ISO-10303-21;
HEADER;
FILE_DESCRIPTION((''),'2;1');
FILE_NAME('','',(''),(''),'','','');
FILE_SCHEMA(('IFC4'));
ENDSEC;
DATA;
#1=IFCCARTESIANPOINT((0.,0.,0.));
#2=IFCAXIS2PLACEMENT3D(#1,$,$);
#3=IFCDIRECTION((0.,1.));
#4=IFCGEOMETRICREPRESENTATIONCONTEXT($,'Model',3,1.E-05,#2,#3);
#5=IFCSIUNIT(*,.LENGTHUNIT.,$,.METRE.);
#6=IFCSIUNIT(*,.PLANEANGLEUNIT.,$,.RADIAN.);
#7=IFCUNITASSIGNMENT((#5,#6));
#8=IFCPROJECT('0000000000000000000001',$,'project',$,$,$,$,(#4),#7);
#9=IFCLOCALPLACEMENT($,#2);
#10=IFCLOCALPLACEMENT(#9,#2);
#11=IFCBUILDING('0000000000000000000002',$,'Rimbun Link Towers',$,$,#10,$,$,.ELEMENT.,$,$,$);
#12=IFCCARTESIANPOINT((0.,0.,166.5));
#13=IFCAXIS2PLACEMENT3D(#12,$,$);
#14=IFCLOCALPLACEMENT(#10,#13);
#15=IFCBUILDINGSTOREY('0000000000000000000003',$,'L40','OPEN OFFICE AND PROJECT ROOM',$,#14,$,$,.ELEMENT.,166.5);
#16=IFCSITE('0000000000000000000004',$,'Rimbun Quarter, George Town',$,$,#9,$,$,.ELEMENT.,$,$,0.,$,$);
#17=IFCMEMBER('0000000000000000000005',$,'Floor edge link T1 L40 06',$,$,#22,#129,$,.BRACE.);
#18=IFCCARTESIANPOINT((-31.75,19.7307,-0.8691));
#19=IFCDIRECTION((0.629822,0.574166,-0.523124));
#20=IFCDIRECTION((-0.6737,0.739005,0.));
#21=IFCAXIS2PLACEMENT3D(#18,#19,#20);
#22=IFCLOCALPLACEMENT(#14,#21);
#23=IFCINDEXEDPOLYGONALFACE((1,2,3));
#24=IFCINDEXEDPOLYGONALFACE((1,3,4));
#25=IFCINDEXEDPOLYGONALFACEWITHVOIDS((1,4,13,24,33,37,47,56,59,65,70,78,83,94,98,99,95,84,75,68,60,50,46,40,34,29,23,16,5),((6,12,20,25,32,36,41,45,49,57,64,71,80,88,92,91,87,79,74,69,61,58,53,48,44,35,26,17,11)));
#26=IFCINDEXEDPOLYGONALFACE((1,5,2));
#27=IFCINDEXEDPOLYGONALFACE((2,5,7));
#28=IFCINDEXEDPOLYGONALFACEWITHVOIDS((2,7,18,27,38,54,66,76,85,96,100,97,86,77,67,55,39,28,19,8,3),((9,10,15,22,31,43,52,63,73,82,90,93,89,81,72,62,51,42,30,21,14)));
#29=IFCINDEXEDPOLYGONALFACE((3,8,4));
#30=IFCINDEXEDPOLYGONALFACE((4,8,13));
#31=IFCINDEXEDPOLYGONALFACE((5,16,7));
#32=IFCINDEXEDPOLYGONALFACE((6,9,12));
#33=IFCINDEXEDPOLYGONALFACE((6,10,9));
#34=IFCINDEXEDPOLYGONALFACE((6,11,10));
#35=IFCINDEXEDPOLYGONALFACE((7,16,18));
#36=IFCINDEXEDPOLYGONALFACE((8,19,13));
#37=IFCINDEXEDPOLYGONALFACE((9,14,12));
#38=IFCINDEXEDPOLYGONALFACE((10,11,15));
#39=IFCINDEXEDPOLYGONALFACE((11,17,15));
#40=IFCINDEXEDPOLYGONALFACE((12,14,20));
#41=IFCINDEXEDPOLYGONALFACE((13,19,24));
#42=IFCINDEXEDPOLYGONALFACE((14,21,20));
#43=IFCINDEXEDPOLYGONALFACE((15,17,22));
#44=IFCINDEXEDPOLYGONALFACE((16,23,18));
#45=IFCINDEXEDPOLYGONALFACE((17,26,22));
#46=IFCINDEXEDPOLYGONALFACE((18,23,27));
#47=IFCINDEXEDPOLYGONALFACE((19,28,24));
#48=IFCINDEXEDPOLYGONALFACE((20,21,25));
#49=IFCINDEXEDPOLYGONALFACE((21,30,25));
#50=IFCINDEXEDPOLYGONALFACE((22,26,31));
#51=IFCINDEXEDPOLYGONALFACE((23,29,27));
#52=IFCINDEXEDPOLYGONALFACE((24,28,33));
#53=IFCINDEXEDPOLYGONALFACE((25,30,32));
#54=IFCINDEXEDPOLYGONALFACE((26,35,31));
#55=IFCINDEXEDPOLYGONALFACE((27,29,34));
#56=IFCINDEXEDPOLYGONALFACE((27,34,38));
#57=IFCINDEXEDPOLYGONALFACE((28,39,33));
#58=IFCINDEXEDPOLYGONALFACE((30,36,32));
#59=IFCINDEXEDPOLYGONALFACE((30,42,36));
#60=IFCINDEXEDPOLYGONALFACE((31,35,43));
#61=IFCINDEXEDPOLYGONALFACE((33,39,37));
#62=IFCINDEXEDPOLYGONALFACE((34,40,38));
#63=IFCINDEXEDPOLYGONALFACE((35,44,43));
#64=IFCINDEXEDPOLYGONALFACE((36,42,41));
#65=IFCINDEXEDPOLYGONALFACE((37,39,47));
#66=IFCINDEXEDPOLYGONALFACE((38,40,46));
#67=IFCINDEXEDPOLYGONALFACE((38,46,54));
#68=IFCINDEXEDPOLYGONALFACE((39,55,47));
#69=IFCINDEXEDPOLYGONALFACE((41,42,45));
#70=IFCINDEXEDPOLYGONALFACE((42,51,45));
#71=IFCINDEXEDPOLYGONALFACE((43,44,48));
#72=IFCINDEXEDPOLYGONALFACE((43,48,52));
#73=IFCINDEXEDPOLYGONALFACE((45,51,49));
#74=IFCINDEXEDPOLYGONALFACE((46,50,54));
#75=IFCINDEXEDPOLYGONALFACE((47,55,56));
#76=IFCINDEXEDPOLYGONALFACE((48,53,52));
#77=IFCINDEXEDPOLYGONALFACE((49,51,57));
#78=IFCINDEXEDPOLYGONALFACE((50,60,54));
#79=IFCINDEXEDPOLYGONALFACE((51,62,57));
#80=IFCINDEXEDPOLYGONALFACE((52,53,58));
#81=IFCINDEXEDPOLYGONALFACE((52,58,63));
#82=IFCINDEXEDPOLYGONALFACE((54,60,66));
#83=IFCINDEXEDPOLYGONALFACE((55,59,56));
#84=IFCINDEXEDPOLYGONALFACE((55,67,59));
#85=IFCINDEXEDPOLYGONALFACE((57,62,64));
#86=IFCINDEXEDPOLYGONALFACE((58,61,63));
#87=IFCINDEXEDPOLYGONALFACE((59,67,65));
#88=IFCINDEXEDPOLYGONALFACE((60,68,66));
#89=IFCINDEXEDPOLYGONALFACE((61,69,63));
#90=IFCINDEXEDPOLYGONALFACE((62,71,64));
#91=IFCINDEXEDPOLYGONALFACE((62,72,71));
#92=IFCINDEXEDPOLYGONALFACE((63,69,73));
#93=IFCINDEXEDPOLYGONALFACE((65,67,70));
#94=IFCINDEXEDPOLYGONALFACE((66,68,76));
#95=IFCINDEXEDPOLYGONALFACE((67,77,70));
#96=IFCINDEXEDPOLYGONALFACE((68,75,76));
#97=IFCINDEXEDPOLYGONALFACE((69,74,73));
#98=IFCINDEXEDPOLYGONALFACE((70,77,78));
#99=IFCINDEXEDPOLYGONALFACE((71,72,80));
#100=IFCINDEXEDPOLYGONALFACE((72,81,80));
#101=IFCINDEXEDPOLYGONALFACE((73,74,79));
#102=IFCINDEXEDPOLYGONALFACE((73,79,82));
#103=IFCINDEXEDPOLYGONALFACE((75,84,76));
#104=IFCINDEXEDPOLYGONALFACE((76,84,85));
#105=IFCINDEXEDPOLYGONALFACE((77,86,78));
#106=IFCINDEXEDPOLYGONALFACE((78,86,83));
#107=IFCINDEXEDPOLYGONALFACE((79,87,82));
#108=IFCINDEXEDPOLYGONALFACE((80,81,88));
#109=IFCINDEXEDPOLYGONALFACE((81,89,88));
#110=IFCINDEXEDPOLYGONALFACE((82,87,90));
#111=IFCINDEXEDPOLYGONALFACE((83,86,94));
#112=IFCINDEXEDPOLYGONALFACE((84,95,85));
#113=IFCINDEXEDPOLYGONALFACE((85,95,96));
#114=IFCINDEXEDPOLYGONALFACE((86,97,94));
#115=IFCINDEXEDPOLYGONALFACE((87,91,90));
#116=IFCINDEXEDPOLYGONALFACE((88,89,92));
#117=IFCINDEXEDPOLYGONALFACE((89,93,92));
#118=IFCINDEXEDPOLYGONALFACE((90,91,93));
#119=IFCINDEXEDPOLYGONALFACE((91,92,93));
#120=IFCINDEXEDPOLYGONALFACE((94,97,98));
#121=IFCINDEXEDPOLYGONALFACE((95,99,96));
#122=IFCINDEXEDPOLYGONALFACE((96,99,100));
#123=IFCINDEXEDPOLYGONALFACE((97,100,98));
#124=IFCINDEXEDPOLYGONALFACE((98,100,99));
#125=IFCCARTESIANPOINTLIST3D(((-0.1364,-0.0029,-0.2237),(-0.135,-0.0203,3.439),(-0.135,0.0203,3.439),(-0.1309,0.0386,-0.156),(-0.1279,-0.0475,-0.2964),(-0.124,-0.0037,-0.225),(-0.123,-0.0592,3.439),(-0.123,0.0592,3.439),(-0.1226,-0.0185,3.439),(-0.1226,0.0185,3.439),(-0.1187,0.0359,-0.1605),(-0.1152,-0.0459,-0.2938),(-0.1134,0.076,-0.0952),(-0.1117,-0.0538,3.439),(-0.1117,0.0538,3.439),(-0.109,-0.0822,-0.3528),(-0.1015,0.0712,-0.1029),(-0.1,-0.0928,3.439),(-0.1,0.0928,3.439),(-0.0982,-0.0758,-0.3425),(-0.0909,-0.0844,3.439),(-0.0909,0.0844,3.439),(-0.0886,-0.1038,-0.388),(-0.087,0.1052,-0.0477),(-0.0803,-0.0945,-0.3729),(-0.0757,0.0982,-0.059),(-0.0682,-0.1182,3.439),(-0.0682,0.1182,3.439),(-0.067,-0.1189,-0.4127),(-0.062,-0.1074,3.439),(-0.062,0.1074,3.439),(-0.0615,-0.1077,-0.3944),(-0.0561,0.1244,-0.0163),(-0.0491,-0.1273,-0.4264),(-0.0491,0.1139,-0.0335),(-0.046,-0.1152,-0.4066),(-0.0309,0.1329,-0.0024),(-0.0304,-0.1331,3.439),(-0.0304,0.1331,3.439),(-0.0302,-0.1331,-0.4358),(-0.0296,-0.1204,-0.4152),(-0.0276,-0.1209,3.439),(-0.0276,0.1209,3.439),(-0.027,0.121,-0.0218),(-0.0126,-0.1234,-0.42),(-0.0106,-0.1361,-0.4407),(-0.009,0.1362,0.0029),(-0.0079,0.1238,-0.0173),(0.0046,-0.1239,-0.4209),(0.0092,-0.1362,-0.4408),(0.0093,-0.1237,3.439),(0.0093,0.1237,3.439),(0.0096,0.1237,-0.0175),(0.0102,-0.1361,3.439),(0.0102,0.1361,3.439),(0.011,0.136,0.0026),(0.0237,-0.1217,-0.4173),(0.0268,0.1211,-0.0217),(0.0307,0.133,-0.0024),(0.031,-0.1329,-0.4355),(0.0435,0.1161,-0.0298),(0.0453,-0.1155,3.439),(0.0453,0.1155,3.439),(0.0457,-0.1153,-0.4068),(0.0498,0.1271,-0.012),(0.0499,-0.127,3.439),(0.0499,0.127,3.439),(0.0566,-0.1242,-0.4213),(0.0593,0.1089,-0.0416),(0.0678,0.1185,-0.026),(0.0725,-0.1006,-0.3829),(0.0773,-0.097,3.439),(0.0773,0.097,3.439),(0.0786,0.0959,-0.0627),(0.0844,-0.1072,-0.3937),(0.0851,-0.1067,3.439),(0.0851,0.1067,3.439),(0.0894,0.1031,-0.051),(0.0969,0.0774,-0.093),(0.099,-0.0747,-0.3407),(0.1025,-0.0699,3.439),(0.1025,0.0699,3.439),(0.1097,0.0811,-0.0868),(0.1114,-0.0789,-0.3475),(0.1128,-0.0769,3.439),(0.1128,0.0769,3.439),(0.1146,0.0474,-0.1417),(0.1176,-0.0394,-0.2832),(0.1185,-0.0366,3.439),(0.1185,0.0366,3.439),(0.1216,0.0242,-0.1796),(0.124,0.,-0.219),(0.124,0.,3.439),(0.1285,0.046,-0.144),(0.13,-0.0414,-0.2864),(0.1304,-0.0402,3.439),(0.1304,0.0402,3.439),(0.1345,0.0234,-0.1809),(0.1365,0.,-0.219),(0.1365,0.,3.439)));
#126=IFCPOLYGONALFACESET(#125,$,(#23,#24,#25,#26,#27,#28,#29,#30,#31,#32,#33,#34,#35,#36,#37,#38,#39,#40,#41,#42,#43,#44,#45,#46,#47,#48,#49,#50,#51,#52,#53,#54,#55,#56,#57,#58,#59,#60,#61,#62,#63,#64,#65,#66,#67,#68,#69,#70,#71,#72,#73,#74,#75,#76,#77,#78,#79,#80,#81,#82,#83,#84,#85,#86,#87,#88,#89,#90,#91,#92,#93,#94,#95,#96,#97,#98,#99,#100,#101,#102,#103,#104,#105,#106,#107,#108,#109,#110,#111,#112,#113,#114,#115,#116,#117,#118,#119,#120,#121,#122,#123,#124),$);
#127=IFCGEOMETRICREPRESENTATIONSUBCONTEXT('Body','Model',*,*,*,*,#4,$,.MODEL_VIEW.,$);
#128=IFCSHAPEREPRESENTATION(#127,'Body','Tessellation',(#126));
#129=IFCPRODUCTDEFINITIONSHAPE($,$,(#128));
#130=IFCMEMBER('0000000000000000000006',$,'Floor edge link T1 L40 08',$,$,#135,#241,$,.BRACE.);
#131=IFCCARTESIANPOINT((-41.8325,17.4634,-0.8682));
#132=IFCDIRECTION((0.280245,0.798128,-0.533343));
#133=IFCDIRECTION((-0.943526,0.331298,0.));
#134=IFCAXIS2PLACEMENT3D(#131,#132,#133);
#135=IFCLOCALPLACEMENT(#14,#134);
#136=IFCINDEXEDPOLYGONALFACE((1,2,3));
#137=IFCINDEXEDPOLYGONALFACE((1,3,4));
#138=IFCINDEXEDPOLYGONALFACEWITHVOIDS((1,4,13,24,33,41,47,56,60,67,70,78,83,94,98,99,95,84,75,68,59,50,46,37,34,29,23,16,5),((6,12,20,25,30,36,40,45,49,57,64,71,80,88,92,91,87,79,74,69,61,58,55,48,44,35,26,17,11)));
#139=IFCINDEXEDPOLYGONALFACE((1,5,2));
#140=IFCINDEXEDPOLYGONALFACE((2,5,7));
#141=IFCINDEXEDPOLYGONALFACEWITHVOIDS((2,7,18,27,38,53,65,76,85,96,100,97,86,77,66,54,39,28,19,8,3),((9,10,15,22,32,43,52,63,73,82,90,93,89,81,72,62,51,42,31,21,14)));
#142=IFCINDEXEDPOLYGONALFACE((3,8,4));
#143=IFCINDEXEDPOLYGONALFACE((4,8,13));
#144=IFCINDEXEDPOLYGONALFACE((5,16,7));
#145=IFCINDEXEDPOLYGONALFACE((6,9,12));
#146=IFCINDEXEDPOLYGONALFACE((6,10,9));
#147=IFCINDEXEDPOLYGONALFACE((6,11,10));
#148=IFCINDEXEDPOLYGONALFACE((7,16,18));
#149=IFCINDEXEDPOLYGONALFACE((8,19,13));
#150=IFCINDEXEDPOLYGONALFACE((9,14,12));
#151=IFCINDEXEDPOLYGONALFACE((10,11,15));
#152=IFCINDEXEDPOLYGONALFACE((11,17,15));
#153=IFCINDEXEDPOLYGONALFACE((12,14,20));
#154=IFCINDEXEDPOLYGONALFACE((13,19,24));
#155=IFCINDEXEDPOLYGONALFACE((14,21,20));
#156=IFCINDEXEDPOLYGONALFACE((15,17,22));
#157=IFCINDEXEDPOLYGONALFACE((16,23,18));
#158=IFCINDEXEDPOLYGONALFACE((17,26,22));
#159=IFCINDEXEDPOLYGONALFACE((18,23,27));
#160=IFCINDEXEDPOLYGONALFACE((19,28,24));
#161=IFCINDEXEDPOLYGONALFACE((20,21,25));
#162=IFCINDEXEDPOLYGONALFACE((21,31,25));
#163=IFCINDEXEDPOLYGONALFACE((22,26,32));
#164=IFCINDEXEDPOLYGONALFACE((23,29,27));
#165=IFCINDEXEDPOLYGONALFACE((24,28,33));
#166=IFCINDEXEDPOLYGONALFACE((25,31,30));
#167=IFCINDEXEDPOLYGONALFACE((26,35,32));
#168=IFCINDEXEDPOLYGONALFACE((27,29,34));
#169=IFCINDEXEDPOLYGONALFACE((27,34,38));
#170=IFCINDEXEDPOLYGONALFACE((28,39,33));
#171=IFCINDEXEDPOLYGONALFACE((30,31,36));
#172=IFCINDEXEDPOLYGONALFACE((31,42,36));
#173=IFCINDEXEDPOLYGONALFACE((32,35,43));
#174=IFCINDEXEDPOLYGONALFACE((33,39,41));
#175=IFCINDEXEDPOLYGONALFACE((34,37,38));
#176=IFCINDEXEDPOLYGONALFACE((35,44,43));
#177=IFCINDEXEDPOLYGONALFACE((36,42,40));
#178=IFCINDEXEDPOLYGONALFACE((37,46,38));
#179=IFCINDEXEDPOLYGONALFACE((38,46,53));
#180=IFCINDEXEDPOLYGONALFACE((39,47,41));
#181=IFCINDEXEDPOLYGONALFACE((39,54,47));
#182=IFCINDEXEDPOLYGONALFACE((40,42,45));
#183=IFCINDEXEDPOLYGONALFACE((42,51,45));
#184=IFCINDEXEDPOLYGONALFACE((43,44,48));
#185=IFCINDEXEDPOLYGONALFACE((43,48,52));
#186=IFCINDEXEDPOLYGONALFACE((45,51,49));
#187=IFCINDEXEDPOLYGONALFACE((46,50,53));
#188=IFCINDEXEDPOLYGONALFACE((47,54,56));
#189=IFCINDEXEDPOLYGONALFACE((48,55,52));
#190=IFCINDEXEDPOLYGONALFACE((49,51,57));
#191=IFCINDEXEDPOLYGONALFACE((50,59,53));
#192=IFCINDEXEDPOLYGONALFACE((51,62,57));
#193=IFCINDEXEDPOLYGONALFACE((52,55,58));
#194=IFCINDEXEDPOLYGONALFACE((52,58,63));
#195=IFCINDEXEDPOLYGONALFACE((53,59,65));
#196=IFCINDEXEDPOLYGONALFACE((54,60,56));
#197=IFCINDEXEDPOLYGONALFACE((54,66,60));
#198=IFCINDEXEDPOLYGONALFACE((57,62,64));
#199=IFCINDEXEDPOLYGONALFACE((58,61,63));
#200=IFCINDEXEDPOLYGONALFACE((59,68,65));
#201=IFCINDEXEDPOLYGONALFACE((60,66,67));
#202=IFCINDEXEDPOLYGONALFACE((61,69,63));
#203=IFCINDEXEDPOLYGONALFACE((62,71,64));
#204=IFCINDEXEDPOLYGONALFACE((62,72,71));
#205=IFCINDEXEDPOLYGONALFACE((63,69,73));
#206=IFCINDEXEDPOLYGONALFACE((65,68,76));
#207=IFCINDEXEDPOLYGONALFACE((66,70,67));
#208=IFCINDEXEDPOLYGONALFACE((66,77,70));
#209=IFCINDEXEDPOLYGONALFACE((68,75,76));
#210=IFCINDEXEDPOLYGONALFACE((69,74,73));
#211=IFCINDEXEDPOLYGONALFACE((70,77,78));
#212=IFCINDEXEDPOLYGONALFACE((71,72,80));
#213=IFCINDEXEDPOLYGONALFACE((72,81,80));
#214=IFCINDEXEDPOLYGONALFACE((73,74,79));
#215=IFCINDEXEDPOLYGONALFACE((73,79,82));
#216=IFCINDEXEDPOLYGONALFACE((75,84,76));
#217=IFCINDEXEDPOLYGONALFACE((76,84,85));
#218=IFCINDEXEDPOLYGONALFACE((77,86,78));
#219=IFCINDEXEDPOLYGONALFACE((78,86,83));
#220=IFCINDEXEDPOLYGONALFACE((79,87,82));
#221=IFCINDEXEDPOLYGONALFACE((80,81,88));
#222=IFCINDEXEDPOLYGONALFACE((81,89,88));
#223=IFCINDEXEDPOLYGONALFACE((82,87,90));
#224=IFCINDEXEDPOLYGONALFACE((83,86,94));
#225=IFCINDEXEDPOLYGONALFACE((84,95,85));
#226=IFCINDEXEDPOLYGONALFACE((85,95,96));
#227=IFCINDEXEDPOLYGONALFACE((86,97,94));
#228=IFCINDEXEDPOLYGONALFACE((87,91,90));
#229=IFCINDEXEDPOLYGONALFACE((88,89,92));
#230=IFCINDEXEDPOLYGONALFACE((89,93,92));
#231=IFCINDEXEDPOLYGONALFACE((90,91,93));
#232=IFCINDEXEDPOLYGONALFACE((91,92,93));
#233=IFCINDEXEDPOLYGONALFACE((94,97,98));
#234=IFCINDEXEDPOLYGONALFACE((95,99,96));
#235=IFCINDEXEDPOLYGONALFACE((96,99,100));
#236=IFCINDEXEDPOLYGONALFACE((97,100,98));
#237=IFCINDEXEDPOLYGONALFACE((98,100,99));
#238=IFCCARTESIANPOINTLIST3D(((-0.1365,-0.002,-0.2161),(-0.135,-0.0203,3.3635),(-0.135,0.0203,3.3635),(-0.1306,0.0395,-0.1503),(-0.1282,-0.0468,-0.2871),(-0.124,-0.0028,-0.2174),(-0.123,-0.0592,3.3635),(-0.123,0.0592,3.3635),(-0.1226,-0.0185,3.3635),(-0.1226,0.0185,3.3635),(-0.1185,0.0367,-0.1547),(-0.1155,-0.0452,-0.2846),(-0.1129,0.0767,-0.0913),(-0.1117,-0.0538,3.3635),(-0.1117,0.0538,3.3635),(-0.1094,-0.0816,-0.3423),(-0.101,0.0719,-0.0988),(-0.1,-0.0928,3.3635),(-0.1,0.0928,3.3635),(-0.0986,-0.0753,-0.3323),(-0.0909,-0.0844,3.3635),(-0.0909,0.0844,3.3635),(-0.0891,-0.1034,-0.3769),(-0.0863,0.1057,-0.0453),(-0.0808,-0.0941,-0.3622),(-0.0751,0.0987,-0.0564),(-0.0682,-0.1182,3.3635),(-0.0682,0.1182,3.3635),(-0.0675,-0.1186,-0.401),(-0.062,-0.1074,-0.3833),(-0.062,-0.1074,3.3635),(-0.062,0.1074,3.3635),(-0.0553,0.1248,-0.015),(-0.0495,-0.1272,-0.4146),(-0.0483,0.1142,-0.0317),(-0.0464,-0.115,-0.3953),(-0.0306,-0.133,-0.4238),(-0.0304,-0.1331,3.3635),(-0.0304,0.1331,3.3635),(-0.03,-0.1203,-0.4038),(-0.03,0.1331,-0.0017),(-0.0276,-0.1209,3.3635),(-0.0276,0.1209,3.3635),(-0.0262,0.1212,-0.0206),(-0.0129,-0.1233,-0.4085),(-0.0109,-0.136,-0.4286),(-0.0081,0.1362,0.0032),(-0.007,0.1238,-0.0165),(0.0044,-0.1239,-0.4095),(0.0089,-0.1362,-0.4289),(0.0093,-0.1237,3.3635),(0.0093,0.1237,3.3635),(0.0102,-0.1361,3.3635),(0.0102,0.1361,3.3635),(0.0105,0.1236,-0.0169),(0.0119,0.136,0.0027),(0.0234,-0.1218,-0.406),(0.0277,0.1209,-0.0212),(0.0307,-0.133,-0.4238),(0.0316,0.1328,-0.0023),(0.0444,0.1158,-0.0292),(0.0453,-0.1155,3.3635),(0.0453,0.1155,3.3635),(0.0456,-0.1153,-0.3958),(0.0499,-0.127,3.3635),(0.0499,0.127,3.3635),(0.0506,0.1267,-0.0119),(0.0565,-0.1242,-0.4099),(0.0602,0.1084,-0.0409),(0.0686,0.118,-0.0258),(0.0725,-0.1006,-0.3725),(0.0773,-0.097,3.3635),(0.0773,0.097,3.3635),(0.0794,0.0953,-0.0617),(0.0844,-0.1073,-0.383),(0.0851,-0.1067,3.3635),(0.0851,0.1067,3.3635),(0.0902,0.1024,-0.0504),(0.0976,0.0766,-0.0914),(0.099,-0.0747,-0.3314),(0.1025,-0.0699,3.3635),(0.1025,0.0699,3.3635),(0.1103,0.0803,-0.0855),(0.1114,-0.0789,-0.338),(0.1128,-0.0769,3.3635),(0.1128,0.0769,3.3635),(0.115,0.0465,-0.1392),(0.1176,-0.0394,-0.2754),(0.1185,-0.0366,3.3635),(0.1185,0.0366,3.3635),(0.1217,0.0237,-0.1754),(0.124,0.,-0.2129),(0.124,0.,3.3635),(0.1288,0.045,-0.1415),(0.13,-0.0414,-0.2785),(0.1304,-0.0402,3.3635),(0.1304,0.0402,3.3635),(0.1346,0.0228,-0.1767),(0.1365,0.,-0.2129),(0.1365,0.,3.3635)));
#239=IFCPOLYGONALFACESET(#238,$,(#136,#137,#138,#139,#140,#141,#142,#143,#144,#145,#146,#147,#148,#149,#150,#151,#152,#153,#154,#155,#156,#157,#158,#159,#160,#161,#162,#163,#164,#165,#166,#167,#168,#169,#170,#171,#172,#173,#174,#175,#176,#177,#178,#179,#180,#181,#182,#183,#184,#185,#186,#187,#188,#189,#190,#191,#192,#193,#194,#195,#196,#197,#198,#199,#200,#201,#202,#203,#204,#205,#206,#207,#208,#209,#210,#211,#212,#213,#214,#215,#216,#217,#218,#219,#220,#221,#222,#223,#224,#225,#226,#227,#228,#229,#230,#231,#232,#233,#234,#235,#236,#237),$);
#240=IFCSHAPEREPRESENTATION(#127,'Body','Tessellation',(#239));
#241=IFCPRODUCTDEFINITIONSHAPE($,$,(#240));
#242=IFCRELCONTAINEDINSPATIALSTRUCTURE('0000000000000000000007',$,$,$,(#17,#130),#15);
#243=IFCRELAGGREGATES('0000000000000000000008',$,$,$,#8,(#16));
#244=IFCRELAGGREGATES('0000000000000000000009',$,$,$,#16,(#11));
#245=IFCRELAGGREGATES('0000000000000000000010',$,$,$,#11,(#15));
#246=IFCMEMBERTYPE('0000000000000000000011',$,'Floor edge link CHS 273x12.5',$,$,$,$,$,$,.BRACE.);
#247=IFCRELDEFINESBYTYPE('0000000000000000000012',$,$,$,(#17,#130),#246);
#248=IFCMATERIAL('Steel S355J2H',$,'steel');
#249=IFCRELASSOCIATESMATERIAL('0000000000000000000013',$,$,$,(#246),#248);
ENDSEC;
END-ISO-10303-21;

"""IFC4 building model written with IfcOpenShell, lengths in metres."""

from ifc_helpers import new_model, si_unit, direction, frame, origin, origin_2d, place, context, subcontext, project, spatial, hollow_circle, extrude, clip, halfspace, material, material_profile, profile_set, type_object, element, save


model = new_model("IFC4")

# Units and contexts
model_context = context("Model", 3, precision=1e-05, world=origin(), true_north=direction((0.0, 1.0)))
body_context = subcontext(model_context, "Body", "Model", "MODEL_VIEW")
ifc_project = project(units=[si_unit("LENGTHUNIT", "METRE"), si_unit("PLANEANGLEUNIT", "RADIAN")], contexts=[model_context])

# Site, building, storey
site_placement = place(None, origin())
site = spatial("IfcSite", under=ifc_project, at=site_placement, Name="Rimbun Quarter, George Town", CompositionType="ELEMENT", RefElevation=0.0)
building_placement = place(site_placement, origin())
building = spatial("IfcBuilding", under=site, at=building_placement, Name="Rimbun Link Towers", CompositionType="ELEMENT")
storey_placement = place(building_placement, frame((0.0, 0.0, 166.5)))
storey = spatial("IfcBuildingStorey", under=building, at=storey_placement, Name="L40", Description="OPEN OFFICE AND PROJECT ROOM", CompositionType="ELEMENT", Elevation=166.5)

# Members
ifc_material_1 = material(Name="Steel S355J2H", Category="steel")
ifc_material_profile_1 = material_profile(ifc_material_1, hollow_circle(Radius=0.1365, WallThickness=0.0125, at=origin_2d()), Name="CHS 273x12.5")
ifc_profile_set_1 = profile_set([ifc_material_profile_1], Name="Steel S355J2H")
member_type_1 = type_object("IfcMemberType", Name="Floor edge link CHS 273x12.5", PredefinedType="BRACE", material=ifc_profile_set_1)
member_1_placement = place(storey_placement, frame((-31.75, 19.7307, -0.8691), z_axis=(0.629822, 0.574166, -0.523124), x_axis=(-0.6737, 0.739005, 0.0)))
element("IfcMember", 1, at=member_1_placement, inside=storey, type_object=member_type_1, Name="Floor edge link T1 L40 06", PredefinedType="BRACE", context=body_context, shape_type="Clipping", body=[
    clip(extrude(hollow_circle(Radius=0.1365, WallThickness=0.0125, at=origin_2d()), frame((0.0, 0.0, -0.4639)), (0.0, 0.0, 1.0), 3.9028), halfspace(frame((0.0, 0.0, -0.219), z_axis=(0.0, 0.852257, -0.523124)), False)),
])
member_2_placement = place(storey_placement, frame((-41.8325, 17.4634, -0.8682), z_axis=(0.280245, 0.798128, -0.533343), x_axis=(-0.943526, 0.331298, 0.0)))
element("IfcMember", 2, at=member_2_placement, inside=storey, type_object=member_type_1, Name="Floor edge link T1 L40 08", PredefinedType="BRACE", context=body_context, shape_type="Clipping", body=[
    clip(extrude(hollow_circle(Radius=0.1365, WallThickness=0.0125, at=origin_2d()), frame((0.0, 0.0, -0.4519)), (0.0, 0.0, 1.0), 3.8154), halfspace(frame((0.0, 0.0, -0.2129), z_axis=(0.0, 0.845899, -0.533343)), False)),
])

save(model, "model.ifc")
